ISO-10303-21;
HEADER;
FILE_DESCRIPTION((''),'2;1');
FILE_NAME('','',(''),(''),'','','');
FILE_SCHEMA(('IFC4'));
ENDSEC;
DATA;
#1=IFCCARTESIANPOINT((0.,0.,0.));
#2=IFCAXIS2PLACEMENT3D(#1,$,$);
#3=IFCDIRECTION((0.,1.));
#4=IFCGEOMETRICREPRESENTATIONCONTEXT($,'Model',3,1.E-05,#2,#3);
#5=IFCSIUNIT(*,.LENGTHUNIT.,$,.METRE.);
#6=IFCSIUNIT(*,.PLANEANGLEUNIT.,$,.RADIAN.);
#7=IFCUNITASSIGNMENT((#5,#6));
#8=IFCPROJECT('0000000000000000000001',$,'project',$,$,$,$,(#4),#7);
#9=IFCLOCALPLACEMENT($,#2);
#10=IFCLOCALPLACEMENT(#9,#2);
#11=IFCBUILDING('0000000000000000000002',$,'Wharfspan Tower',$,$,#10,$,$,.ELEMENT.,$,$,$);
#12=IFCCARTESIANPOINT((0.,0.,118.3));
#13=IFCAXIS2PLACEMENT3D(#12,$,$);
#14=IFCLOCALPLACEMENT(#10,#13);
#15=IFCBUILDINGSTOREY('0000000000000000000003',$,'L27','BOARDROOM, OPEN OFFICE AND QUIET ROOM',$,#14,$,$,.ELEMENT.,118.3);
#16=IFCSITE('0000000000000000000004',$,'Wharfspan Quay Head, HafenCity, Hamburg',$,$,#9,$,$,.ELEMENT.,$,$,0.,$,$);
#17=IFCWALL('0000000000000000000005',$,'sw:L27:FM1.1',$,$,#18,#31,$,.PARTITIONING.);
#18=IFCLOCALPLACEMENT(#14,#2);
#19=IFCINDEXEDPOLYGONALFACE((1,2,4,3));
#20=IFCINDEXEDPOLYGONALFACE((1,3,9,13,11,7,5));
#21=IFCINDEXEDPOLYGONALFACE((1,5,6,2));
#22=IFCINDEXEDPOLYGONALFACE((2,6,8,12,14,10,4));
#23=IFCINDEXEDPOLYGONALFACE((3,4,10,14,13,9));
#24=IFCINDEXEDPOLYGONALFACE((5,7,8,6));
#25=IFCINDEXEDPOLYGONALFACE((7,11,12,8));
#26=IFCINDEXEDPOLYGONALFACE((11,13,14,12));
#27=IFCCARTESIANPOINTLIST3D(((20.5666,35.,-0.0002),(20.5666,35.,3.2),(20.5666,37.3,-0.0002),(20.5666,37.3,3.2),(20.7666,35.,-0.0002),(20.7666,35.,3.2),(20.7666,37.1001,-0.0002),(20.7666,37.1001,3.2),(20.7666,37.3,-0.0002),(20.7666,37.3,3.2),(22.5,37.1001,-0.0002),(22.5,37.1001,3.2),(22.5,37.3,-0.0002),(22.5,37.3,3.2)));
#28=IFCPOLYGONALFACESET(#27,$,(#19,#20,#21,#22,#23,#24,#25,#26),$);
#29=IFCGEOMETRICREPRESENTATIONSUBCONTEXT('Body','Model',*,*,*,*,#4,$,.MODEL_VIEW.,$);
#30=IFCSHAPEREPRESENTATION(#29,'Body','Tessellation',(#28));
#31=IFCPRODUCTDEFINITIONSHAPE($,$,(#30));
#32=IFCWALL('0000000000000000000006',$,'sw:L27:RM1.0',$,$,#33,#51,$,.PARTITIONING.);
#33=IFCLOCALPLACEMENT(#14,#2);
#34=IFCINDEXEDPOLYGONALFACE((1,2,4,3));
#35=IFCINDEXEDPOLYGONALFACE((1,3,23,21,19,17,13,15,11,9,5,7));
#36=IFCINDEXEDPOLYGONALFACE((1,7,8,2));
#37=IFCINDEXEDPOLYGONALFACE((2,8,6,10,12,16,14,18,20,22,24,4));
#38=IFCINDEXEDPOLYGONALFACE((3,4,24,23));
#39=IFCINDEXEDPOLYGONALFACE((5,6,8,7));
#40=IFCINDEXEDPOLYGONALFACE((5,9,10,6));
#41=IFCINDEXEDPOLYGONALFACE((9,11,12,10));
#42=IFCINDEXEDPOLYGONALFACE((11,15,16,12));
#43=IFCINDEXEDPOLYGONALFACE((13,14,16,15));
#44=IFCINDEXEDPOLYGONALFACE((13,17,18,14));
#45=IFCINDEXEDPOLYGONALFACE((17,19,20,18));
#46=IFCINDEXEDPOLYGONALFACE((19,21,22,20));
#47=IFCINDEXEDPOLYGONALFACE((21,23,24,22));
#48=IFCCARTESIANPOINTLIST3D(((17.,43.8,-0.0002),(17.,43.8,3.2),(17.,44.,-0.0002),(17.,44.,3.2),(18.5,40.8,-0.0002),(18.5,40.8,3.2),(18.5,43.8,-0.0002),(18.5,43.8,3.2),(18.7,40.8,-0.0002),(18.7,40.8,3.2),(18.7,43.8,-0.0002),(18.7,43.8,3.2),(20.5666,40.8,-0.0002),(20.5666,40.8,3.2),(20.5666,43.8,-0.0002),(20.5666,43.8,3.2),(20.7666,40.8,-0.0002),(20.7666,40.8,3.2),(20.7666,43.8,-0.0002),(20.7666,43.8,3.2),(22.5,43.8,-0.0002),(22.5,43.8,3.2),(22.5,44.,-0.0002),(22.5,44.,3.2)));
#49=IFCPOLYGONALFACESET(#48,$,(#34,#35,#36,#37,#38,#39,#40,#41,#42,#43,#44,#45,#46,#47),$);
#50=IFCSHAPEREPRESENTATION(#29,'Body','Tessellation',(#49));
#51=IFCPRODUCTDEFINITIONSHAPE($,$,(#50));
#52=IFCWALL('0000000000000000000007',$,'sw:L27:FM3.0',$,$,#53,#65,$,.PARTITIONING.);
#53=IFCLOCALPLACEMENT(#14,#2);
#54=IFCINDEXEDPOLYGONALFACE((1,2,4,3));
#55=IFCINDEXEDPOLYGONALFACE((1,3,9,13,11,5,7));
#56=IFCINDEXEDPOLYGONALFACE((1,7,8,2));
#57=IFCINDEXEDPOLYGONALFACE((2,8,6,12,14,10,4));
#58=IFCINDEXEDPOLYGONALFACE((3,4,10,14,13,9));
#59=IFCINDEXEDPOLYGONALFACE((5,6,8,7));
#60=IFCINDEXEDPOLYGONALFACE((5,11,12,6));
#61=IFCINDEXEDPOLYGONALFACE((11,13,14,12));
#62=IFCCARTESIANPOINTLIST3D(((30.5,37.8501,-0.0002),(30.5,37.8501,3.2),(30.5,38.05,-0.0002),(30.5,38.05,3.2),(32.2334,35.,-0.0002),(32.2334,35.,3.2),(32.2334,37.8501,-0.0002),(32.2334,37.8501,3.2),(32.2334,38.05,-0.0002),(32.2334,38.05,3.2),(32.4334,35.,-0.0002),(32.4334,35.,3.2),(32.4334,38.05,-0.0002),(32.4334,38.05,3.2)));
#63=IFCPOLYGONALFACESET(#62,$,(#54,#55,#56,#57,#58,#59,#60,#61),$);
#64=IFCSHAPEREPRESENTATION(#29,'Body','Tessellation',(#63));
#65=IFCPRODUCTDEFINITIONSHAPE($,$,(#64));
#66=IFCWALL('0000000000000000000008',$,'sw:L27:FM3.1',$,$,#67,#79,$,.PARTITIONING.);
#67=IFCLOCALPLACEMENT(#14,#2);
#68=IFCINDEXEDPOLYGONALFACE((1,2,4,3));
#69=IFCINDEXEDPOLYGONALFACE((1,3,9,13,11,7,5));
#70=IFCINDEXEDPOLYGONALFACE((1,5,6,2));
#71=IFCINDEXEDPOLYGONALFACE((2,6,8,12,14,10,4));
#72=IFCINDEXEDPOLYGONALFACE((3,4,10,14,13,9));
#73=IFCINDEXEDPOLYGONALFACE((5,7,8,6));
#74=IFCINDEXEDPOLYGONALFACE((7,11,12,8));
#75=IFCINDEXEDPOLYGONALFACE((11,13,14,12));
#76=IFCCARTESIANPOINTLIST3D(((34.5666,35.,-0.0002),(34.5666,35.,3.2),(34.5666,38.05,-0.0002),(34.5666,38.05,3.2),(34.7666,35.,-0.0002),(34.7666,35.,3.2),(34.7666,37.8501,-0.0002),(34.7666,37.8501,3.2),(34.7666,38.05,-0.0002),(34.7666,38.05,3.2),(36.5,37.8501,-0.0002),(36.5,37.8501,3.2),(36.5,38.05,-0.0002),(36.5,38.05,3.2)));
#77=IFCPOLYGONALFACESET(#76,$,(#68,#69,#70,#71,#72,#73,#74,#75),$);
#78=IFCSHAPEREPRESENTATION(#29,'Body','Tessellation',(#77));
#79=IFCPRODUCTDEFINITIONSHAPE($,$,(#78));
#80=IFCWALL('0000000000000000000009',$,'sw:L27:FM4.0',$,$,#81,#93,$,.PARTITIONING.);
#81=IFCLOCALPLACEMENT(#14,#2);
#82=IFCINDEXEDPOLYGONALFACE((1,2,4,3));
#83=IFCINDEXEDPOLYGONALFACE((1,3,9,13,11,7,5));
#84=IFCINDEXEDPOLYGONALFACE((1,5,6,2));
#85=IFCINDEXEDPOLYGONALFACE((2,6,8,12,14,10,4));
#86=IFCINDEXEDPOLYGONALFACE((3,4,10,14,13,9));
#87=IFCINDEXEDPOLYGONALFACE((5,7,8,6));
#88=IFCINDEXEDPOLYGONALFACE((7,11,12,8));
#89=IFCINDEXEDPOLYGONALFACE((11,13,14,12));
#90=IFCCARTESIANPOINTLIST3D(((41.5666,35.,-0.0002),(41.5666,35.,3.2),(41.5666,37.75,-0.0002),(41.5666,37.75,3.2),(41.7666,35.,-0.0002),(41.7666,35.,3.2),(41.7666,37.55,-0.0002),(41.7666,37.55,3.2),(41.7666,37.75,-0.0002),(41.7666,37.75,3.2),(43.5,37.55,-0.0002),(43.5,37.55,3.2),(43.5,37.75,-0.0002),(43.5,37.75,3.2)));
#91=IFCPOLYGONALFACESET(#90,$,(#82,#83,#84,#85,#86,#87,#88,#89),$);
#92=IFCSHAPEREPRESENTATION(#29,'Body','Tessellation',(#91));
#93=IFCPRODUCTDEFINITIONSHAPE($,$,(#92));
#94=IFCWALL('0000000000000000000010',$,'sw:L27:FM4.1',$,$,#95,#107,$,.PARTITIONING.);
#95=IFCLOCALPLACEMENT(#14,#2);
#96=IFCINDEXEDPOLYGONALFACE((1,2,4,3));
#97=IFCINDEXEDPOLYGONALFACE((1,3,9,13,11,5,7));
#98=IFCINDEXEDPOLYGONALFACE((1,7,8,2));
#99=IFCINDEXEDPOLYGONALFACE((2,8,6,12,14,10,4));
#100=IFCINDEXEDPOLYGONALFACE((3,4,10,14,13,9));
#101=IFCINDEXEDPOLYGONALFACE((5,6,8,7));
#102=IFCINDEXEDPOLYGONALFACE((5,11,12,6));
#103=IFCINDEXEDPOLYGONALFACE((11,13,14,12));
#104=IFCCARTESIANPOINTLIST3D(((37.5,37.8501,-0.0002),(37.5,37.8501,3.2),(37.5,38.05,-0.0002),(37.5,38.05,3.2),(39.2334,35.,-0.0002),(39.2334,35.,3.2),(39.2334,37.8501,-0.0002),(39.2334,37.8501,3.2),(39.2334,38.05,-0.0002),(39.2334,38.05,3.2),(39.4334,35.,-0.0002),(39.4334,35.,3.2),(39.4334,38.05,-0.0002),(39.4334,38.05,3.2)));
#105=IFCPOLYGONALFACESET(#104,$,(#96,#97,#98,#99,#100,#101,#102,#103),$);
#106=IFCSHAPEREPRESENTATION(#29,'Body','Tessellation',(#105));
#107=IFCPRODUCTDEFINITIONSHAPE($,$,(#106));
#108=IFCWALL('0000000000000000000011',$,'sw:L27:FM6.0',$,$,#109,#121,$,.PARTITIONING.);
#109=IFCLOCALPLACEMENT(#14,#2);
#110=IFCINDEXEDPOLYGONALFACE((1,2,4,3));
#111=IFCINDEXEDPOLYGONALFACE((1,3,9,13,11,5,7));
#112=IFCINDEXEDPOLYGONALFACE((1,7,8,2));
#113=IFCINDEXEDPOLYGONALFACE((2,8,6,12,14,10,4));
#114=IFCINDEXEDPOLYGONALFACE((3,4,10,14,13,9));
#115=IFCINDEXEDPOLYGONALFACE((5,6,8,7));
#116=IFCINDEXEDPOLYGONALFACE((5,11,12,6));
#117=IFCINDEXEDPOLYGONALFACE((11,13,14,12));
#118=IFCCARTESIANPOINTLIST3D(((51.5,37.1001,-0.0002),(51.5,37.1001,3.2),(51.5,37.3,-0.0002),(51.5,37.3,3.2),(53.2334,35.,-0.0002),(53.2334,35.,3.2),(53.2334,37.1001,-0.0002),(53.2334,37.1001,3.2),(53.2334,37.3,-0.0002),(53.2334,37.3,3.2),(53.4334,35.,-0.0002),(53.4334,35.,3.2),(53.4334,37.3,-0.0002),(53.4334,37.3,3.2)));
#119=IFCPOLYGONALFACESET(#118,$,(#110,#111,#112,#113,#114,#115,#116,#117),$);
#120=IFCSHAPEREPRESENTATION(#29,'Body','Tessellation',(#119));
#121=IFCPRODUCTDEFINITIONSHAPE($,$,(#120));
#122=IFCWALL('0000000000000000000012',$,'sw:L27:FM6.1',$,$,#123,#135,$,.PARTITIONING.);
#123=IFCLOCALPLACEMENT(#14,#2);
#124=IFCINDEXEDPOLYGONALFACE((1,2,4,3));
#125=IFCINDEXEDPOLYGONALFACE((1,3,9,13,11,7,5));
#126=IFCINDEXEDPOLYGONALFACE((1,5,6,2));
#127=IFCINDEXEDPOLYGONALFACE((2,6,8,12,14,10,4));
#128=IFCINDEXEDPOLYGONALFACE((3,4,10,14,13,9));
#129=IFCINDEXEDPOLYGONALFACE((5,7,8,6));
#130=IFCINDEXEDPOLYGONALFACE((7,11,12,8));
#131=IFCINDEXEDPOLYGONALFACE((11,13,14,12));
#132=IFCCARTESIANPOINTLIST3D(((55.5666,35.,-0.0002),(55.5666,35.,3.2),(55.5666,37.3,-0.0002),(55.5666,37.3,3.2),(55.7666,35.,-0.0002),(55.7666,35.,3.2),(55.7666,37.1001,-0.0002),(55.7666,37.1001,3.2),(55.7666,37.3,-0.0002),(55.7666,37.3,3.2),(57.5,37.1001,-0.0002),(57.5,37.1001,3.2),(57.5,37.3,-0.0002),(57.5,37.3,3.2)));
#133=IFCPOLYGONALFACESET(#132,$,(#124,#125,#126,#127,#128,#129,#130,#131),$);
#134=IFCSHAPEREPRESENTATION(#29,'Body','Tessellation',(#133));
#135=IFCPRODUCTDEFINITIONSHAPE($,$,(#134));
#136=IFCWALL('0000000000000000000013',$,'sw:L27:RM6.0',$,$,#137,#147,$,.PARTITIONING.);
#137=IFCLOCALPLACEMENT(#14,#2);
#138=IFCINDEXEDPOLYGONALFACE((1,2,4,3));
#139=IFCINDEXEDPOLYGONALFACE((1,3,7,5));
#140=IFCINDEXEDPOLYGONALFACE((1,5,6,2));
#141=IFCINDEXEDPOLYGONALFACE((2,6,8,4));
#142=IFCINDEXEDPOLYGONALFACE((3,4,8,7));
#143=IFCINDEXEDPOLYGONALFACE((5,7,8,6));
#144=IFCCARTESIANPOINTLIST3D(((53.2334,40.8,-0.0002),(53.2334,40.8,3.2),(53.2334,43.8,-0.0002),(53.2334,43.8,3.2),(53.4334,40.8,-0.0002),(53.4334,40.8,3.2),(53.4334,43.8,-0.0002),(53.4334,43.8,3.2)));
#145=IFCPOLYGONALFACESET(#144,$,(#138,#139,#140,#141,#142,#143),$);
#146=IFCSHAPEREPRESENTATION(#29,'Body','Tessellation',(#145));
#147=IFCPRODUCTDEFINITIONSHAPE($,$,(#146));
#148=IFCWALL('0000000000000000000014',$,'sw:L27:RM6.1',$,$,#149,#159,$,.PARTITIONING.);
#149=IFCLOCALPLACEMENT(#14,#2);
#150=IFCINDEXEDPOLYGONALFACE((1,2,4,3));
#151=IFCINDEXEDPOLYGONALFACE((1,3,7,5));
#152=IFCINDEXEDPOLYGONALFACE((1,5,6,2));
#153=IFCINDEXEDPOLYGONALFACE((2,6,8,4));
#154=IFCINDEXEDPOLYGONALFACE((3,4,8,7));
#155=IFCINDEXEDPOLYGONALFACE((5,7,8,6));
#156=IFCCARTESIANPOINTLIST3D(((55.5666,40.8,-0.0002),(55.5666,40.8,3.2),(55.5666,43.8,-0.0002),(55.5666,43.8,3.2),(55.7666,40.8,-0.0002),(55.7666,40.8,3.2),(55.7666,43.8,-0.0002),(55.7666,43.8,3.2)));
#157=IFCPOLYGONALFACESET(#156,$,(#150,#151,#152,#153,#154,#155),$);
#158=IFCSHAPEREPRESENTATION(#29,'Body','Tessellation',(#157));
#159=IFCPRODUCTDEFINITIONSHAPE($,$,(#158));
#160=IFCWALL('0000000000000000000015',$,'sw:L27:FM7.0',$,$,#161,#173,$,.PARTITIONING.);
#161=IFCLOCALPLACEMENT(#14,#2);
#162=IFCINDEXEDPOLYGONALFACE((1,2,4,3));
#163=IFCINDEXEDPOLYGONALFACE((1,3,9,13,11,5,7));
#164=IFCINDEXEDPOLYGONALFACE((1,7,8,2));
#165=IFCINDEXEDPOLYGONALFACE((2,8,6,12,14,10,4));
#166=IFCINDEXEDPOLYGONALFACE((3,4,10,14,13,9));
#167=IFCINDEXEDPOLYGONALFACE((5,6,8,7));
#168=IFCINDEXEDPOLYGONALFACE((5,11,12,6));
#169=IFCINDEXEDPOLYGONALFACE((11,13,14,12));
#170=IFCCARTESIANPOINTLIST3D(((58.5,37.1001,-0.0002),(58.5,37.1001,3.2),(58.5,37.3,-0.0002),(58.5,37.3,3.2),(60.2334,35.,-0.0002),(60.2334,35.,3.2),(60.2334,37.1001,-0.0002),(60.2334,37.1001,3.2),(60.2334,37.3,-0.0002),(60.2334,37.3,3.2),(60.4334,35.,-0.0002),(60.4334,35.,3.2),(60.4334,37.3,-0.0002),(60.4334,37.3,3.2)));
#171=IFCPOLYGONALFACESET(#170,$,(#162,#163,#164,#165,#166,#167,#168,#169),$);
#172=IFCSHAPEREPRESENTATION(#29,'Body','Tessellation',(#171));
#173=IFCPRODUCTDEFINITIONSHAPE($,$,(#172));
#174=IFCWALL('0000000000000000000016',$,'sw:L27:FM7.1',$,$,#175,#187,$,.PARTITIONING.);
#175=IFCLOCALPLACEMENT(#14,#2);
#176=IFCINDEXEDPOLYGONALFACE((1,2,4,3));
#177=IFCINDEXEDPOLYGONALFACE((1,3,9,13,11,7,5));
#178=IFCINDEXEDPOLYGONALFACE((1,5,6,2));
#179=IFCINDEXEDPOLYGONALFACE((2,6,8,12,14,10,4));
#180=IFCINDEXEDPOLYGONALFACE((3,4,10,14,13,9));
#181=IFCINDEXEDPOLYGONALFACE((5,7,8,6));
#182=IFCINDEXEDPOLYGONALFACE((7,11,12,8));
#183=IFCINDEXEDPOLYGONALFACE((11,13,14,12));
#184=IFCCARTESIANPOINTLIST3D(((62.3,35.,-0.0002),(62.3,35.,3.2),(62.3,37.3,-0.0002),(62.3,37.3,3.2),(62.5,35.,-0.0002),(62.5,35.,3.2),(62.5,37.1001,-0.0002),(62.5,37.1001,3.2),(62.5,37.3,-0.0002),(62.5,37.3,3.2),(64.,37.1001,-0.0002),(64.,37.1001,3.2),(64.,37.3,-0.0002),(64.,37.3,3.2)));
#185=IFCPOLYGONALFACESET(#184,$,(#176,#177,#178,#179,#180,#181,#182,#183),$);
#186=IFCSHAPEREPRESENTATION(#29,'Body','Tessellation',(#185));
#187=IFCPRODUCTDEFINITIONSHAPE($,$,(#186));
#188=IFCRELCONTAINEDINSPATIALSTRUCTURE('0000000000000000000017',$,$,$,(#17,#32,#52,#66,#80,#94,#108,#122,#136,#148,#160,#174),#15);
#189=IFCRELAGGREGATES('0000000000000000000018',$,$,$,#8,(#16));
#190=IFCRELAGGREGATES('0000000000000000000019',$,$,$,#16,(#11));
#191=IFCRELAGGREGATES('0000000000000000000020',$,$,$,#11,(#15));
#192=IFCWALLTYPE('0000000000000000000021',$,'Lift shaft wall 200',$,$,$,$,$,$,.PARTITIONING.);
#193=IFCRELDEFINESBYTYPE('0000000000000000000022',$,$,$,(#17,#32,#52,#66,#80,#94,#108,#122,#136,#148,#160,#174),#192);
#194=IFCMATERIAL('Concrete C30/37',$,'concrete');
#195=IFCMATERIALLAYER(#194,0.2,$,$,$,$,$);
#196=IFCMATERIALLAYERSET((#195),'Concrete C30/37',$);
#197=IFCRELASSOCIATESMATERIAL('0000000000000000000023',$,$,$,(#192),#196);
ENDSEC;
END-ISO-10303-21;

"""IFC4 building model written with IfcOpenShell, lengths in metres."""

from ifc_helpers import new_model, si_unit, direction, frame, origin, place, context, subcontext, project, spatial, polyline, outline, extrude, material, layer, layer_set, type_object, element, save


model = new_model("IFC4")

# Units and contexts
model_context = context("Model", 3, precision=1e-05, world=origin(), true_north=direction((0.0, 1.0)))
body_context = subcontext(model_context, "Body", "Model", "MODEL_VIEW")
ifc_project = project(units=[si_unit("LENGTHUNIT", "METRE"), si_unit("PLANEANGLEUNIT", "RADIAN")], contexts=[model_context])

# Site, building, storey
site_placement = place(None, origin())
site = spatial("IfcSite", under=ifc_project, at=site_placement, Name="Wharfspan Quay Head, HafenCity, Hamburg", CompositionType="ELEMENT", RefElevation=0.0)
building_placement = place(site_placement, origin())
building = spatial("IfcBuilding", under=site, at=building_placement, Name="Wharfspan Tower", CompositionType="ELEMENT")
storey_placement = place(building_placement, frame((0.0, 0.0, 118.3)))
storey = spatial("IfcBuildingStorey", under=building, at=storey_placement, Name="L27", Description="BOARDROOM, OPEN OFFICE AND QUIET ROOM", CompositionType="ELEMENT", Elevation=118.3)

# Walls
ifc_material_1 = material(Name="Concrete C30/37", Category="concrete")
ifc_layer_1 = layer(ifc_material_1, 0.2)
ifc_layer_set_1 = layer_set([ifc_layer_1], Name="Concrete C30/37")
wall_type_1 = type_object("IfcWallType", Name="Lift shaft wall 200", PredefinedType="PARTITIONING", material=ifc_layer_set_1)
wall_1_placement = place(storey_placement, frame((0.0, 0.0, -0.0002)))
element("IfcWall", 1, at=wall_1_placement, inside=storey, type_object=wall_type_1, Name="sw:L27:FM1.1", PredefinedType="PARTITIONING", context=body_context, shape_type="SweptSolid", body=[
    extrude(outline(polyline([(20.5666, 37.3), (20.7666, 37.3), (22.5, 37.3), (22.5, 37.1001), (20.7666, 37.1001), (20.7666, 35.0), (20.5666, 35.0), (20.5666, 37.3)])), origin(), (0.0, 0.0, 1.0), 3.2002),
])
wall_2_placement = place(storey_placement, frame((0.0, 0.0, -0.0002)))
element("IfcWall", 2, at=wall_2_placement, inside=storey, type_object=wall_type_1, Name="sw:L27:RM1.0", PredefinedType="PARTITIONING", context=body_context, shape_type="SweptSolid", body=[
    extrude(outline(polyline([(18.7, 40.8), (18.5, 40.8), (18.5, 43.8), (17.0, 43.8), (17.0, 44.0), (22.5, 44.0), (22.5, 43.8), (20.7666, 43.8), (20.7666, 40.8), (20.5666, 40.8), (20.5666, 43.8), (18.7, 43.8), (18.7, 40.8)])), origin(), (0.0, 0.0, 1.0), 3.2002),
])
wall_3_placement = place(storey_placement, frame((0.0, 0.0, -0.0002)))
element("IfcWall", 3, at=wall_3_placement, inside=storey, type_object=wall_type_1, Name="sw:L27:FM3.0", PredefinedType="PARTITIONING", context=body_context, shape_type="SweptSolid", body=[
    extrude(outline(polyline([(32.2334, 37.8501), (30.5, 37.8501), (30.5, 38.05), (32.2334, 38.05), (32.4333, 38.05), (32.4333, 35.0), (32.2334, 35.0), (32.2334, 37.8501)])), origin(), (0.0, 0.0, 1.0), 3.2002),
])
wall_4_placement = place(storey_placement, frame((0.0, 0.0, -0.0002)))
element("IfcWall", 4, at=wall_4_placement, inside=storey, type_object=wall_type_1, Name="sw:L27:FM3.1", PredefinedType="PARTITIONING", context=body_context, shape_type="SweptSolid", body=[
    extrude(outline(polyline([(34.5667, 38.05), (34.7666, 38.05), (36.5, 38.05), (36.5, 37.8501), (34.7666, 37.8501), (34.7666, 35.0), (34.5667, 35.0), (34.5667, 38.05)])), origin(), (0.0, 0.0, 1.0), 3.2002),
])
wall_5_placement = place(storey_placement, frame((0.0, 0.0, -0.0002)))
element("IfcWall", 5, at=wall_5_placement, inside=storey, type_object=wall_type_1, Name="sw:L27:FM4.0", PredefinedType="PARTITIONING", context=body_context, shape_type="SweptSolid", body=[
    extrude(outline(polyline([(41.5667, 37.75), (41.7666, 37.75), (43.5, 37.75), (43.5, 37.55), (41.7666, 37.55), (41.7666, 35.0), (41.5667, 35.0), (41.5667, 37.75)])), origin(), (0.0, 0.0, 1.0), 3.2002),
])
wall_6_placement = place(storey_placement, frame((0.0, 0.0, -0.0002)))
element("IfcWall", 6, at=wall_6_placement, inside=storey, type_object=wall_type_1, Name="sw:L27:FM4.1", PredefinedType="PARTITIONING", context=body_context, shape_type="SweptSolid", body=[
    extrude(outline(polyline([(39.2334, 37.8501), (37.5, 37.8501), (37.5, 38.05), (39.2334, 38.05), (39.4333, 38.05), (39.4333, 35.0), (39.2334, 35.0), (39.2334, 37.8501)])), origin(), (0.0, 0.0, 1.0), 3.2002),
])
wall_7_placement = place(storey_placement, frame((0.0, 0.0, -0.0002)))
element("IfcWall", 7, at=wall_7_placement, inside=storey, type_object=wall_type_1, Name="sw:L27:FM6.0", PredefinedType="PARTITIONING", context=body_context, shape_type="SweptSolid", body=[
    extrude(outline(polyline([(53.2334, 37.1001), (51.5, 37.1001), (51.5, 37.3), (53.2334, 37.3), (53.4333, 37.3), (53.4333, 35.0), (53.2334, 35.0), (53.2334, 37.1001)])), origin(), (0.0, 0.0, 1.0), 3.2002),
])
wall_8_placement = place(storey_placement, frame((0.0, 0.0, -0.0002)))
element("IfcWall", 8, at=wall_8_placement, inside=storey, type_object=wall_type_1, Name="sw:L27:FM6.1", PredefinedType="PARTITIONING", context=body_context, shape_type="SweptSolid", body=[
    extrude(outline(polyline([(55.5667, 37.3), (55.7666, 37.3), (57.5, 37.3), (57.5, 37.1001), (55.7666, 37.1001), (55.7666, 35.0), (55.5667, 35.0), (55.5667, 37.3)])), origin(), (0.0, 0.0, 1.0), 3.2002),
])
wall_9_placement = place(storey_placement, frame((0.0, 0.0, -0.0002)))
element("IfcWall", 9, at=wall_9_placement, inside=storey, type_object=wall_type_1, Name="sw:L27:RM6.0", PredefinedType="PARTITIONING", context=body_context, shape_type="SweptSolid", body=[
    extrude(outline(polyline([(53.2334, 40.8), (53.2334, 43.8), (53.4333, 43.8), (53.4333, 40.8), (53.2334, 40.8)])), origin(), (0.0, 0.0, 1.0), 3.2002),
])
wall_10_placement = place(storey_placement, frame((0.0, 0.0, -0.0002)))
element("IfcWall", 10, at=wall_10_placement, inside=storey, type_object=wall_type_1, Name="sw:L27:RM6.1", PredefinedType="PARTITIONING", context=body_context, shape_type="SweptSolid", body=[
    extrude(outline(polyline([(55.5667, 40.8), (55.5667, 43.8), (55.7666, 43.8), (55.7666, 40.8), (55.5667, 40.8)])), origin(), (0.0, 0.0, 1.0), 3.2002),
])
wall_11_placement = place(storey_placement, frame((0.0, 0.0, -0.0002)))
element("IfcWall", 11, at=wall_11_placement, inside=storey, type_object=wall_type_1, Name="sw:L27:FM7.0", PredefinedType="PARTITIONING", context=body_context, shape_type="SweptSolid", body=[
    extrude(outline(polyline([(60.2334, 37.1001), (58.5, 37.1001), (58.5, 37.3), (60.2334, 37.3), (60.4333, 37.3), (60.4333, 35.0), (60.2334, 35.0), (60.2334, 37.1001)])), origin(), (0.0, 0.0, 1.0), 3.2002),
])
wall_12_placement = place(storey_placement, frame((0.0, 0.0, -0.0002)))
element("IfcWall", 12, at=wall_12_placement, inside=storey, type_object=wall_type_1, Name="sw:L27:FM7.1", PredefinedType="PARTITIONING", context=body_context, shape_type="SweptSolid", body=[
    extrude(outline(polyline([(62.3, 37.3), (62.5, 37.3), (64.0, 37.3), (64.0, 37.1001), (62.5, 37.1001), (62.5, 35.0), (62.3, 35.0), (62.3, 37.3)])), origin(), (0.0, 0.0, 1.0), 3.2002),
])

save(model, "model.ifc")
